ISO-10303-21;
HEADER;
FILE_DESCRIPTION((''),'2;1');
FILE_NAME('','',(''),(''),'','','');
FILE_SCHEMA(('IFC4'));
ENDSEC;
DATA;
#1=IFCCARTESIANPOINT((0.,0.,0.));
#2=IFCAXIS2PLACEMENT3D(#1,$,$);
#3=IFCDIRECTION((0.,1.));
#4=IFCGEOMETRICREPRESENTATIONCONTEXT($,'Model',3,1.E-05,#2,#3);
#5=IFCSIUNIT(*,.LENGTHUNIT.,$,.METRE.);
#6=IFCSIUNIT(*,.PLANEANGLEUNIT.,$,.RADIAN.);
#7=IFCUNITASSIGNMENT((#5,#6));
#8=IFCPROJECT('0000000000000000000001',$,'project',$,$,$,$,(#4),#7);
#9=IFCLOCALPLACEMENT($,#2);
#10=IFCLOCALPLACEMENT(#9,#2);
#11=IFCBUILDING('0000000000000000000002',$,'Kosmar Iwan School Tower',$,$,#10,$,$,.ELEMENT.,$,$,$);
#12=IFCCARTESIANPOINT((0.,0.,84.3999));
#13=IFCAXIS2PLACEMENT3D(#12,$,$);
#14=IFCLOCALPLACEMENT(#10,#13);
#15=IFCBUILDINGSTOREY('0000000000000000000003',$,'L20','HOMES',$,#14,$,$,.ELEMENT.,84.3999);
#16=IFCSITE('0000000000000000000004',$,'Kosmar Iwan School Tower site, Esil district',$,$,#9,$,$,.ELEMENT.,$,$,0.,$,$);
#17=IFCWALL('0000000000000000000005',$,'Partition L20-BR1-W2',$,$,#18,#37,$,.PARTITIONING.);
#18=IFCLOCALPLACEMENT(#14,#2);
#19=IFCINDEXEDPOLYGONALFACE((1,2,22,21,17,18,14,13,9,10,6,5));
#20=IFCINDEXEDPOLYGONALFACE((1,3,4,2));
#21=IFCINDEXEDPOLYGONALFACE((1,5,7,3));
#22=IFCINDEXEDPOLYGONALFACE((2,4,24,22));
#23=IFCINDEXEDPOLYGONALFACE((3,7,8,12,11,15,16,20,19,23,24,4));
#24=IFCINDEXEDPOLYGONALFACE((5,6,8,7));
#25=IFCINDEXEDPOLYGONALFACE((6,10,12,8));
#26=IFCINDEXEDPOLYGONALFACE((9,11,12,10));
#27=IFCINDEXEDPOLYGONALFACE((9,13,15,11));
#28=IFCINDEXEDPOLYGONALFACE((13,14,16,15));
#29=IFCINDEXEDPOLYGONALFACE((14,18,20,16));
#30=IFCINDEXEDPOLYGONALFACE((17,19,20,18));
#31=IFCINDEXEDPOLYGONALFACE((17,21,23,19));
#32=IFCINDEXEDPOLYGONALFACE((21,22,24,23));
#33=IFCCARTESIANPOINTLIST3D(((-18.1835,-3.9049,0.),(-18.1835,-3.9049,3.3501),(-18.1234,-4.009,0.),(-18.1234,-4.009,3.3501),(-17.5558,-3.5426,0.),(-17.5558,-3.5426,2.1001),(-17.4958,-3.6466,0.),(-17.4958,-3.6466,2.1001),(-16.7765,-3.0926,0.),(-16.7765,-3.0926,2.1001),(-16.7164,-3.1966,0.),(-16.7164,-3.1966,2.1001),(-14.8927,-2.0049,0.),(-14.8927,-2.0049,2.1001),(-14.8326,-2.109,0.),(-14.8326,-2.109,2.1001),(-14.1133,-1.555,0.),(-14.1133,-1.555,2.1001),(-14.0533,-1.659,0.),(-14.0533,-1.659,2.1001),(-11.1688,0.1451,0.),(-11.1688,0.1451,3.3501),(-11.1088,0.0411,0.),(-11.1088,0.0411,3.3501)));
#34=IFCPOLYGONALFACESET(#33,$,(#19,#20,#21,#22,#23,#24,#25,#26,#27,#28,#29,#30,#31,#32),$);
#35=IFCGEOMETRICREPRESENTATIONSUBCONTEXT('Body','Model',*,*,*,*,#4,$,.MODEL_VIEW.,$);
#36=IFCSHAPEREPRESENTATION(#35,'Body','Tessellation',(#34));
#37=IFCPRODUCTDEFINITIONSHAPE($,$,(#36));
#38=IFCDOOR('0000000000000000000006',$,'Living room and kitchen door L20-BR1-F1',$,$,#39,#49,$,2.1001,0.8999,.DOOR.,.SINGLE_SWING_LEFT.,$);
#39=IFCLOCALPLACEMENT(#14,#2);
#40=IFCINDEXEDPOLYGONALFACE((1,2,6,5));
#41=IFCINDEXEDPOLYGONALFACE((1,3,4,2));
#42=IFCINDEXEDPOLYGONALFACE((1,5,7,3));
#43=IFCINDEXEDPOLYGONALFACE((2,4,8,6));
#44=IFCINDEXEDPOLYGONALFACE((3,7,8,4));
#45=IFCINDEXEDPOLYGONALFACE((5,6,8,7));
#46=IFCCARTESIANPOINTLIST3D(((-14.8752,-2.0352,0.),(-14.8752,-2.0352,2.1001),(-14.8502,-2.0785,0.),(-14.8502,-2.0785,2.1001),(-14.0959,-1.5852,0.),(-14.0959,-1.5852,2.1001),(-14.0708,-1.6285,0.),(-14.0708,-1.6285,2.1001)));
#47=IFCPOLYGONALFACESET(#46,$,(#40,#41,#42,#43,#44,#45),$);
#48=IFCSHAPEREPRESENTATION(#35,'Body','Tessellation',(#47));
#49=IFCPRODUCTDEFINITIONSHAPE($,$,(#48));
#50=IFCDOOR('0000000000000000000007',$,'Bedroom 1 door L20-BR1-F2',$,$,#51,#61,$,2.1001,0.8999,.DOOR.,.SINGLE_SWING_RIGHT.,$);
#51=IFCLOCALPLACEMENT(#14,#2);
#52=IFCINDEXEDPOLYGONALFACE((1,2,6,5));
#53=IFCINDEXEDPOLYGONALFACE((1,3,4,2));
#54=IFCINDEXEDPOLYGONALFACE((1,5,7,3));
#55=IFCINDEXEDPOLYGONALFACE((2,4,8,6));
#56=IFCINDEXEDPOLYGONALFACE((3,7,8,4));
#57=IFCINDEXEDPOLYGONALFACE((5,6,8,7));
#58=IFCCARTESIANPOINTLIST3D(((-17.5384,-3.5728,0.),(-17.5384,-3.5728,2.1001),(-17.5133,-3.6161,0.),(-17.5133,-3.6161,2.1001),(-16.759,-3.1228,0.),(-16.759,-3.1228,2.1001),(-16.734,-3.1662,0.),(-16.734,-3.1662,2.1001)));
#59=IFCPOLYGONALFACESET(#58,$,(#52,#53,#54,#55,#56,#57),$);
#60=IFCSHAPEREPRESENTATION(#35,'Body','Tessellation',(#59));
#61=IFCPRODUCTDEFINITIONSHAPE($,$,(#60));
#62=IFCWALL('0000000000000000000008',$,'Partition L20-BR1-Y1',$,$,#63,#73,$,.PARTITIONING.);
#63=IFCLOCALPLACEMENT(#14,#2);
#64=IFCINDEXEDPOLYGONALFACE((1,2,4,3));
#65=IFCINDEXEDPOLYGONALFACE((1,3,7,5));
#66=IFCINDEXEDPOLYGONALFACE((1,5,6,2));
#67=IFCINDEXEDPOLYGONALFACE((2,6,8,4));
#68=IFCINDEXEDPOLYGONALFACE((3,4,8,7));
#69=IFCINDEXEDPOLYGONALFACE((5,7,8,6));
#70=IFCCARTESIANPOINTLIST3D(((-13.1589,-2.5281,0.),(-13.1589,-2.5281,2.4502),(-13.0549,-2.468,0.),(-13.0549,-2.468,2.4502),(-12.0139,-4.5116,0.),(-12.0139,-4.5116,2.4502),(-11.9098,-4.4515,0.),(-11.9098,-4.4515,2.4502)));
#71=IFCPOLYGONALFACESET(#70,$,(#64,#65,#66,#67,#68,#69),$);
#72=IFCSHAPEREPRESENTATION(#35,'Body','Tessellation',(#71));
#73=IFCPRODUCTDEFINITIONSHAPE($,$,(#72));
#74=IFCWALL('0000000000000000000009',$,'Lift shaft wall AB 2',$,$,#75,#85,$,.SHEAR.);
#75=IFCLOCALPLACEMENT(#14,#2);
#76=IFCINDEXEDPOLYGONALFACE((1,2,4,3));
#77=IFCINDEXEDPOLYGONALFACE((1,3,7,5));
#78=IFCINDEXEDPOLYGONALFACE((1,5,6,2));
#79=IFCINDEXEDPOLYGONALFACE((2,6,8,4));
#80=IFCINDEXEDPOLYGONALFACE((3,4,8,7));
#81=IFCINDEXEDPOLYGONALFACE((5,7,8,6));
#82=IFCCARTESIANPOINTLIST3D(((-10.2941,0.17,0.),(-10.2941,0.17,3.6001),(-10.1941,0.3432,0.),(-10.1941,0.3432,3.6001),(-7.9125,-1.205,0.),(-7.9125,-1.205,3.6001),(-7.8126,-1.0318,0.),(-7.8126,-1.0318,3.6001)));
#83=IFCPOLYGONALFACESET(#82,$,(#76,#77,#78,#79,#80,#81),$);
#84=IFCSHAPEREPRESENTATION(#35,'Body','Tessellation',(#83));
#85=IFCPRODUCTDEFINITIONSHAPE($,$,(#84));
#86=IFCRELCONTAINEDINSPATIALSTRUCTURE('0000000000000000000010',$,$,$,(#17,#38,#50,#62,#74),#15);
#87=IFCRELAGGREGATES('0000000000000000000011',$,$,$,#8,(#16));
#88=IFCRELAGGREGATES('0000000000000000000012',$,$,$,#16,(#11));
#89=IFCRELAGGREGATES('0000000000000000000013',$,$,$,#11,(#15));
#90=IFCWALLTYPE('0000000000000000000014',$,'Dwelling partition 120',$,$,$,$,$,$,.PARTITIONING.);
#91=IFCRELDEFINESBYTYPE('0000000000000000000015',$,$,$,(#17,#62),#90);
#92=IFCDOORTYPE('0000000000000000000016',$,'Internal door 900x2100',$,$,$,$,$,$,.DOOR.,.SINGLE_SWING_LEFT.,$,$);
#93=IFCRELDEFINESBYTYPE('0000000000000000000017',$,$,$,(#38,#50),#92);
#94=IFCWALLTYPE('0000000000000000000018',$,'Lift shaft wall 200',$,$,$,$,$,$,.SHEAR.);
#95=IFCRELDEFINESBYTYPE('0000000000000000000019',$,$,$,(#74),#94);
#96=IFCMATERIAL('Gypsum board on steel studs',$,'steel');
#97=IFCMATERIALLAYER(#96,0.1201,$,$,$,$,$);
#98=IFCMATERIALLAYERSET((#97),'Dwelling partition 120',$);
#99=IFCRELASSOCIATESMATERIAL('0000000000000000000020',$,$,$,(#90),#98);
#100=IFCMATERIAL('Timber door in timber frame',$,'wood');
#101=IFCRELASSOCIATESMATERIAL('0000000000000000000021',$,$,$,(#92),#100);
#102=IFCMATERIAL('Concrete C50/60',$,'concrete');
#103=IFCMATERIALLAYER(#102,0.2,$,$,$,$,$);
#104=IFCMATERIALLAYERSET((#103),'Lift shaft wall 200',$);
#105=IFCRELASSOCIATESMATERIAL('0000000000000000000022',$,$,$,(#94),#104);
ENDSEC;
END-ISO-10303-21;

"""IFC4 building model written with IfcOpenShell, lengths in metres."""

from ifc_helpers import new_model, si_unit, direction, frame, frame_2d, origin, place, context, subcontext, project, spatial, rectangle, extrude, material, layer, layer_set, type_object, element, fill, save


model = new_model("IFC4")

# Units and contexts
model_context = context("Model", 3, precision=1e-05, world=origin(), true_north=direction((0.0, 1.0)))
body_context = subcontext(model_context, "Body", "Model", "MODEL_VIEW")
ifc_project = project(units=[si_unit("LENGTHUNIT", "METRE"), si_unit("PLANEANGLEUNIT", "RADIAN")], contexts=[model_context])

# Site, building, storey
site_placement = place(None, origin())
site = spatial("IfcSite", under=ifc_project, at=site_placement, Name="Kosmar Iwan School Tower site, Esil district", CompositionType="ELEMENT", RefElevation=0.0)
building_placement = place(site_placement, origin())
building = spatial("IfcBuilding", under=site, at=building_placement, Name="Kosmar Iwan School Tower", CompositionType="ELEMENT")
storey_placement = place(building_placement, frame((0.0, 0.0, 84.3999)))
storey = spatial("IfcBuildingStorey", under=building, at=storey_placement, Name="L20", Description="HOMES", CompositionType="ELEMENT", Elevation=84.3999)

# Wall, openings, doors
ifc_material_1 = material(Name="Gypsum board on steel studs", Category="steel")
ifc_layer_1 = layer(ifc_material_1, 0.1201)
ifc_layer_set_1 = layer_set([ifc_layer_1], Name="Dwelling partition 120")
wall_type_1 = type_object("IfcWallType", Name="Dwelling partition 120", PredefinedType="PARTITIONING", material=ifc_layer_set_1)
ifc_material_2 = material(Name="Timber door in timber frame", Category="wood")
door_type_1 = type_object("IfcDoorType", Name="Internal door 900x2100", OperationType="SINGLE_SWING_LEFT", PredefinedType="DOOR", material=ifc_material_2)
wall_1_placement = place(storey_placement, frame((-11.1389, 0.093, 0.0), z_axis=(0.0, 0.0, 1.0), x_axis=(-0.866018, -0.500013, 0.0)))
wall_1 = element("IfcWall", 1, at=wall_1_placement, inside=storey, type_object=wall_type_1, Name="Partition L20-BR1-W2", PredefinedType="PARTITIONING", context=body_context, shape_type="SweptSolid", body=[
    extrude(rectangle(XDim=8.0999, YDim=0.1201, at=frame_2d((4.0498, 0.0))), origin(), (0.0, 0.0, 1.0), 3.3501),
])
opening_1_placement = place(wall_1_placement, frame((3.3999, 0.0, 0.0)))
opening_1 = element("IfcOpeningElement", 2, at=opening_1_placement, cuts=wall_1, PredefinedType="OPENING", context=body_context, shape_type="SweptSolid", body=[
    extrude(rectangle(XDim=0.8999, YDim=2.1001, at=frame_2d((0.45, 1.05))), frame((0.0, 0.072, 0.0), z_axis=(0.0, -1.0, 0.0), x_axis=(1.0, 0.0, 0.0)), (0.0, 0.0, 1.0), 0.144),
])
opening_2_placement = place(wall_1_placement, frame((6.4751, 0.0, 0.0)))
opening_2 = element("IfcOpeningElement", 3, at=opening_2_placement, cuts=wall_1, PredefinedType="OPENING", context=body_context, shape_type="SweptSolid", body=[
    extrude(rectangle(XDim=0.8999, YDim=2.1001, at=frame_2d((0.45, 1.05))), frame((0.0, 0.072, 0.0), z_axis=(0.0, -1.0, 0.0), x_axis=(1.0, 0.0, 0.0)), (0.0, 0.0, 1.0), 0.144),
])
door_1_placement = place(opening_1_placement, origin())
door_1 = element("IfcDoor", 4, at=door_1_placement, inside=storey, type_object=door_type_1, Name="Living room and kitchen door L20-BR1-F1", OperationType="SINGLE_SWING_LEFT", OverallHeight=2.1001, OverallWidth=0.8999, PredefinedType="DOOR", context=body_context, shape_type="SweptSolid", body=[
    extrude(rectangle(XDim=0.8999, YDim=2.1001, at=frame_2d((0.45, 1.05))), frame((0.0, 0.0249, 0.0), z_axis=(0.0, -1.0, 0.0), x_axis=(1.0, 0.0, 0.0)), (0.0, 0.0, 1.0), 0.05),
])
fill(opening_1, door_1)
door_2_placement = place(opening_2_placement, origin())
door_2 = element("IfcDoor", 5, at=door_2_placement, inside=storey, type_object=door_type_1, Name="Bedroom 1 door L20-BR1-F2", OperationType="SINGLE_SWING_RIGHT", OverallHeight=2.1001, OverallWidth=0.8999, PredefinedType="DOOR", context=body_context, shape_type="SweptSolid", body=[
    extrude(rectangle(XDim=0.8999, YDim=2.1001, at=frame_2d((0.45, 1.05))), frame((0.0, 0.0249, 0.0), z_axis=(0.0, -1.0, 0.0), x_axis=(1.0, 0.0, 0.0)), (0.0, 0.0, 1.0), 0.05),
])
fill(opening_2, door_2)

# Walls
wall_2_placement = place(storey_placement, frame((-11.9619, -4.4814, 0.0), z_axis=(0.0, 0.0, 1.0), x_axis=(-0.499969, 0.866044, 0.0)))
element("IfcWall", 6, at=wall_2_placement, inside=storey, type_object=wall_type_1, Name="Partition L20-BR1-Y1", PredefinedType="PARTITIONING", context=body_context, shape_type="SweptSolid", body=[
    extrude(rectangle(XDim=2.2903, YDim=0.1201, at=frame_2d((1.145, 0.0))), origin(), (0.0, 0.0, 1.0), 2.4502),
])
ifc_material_3 = material(Name="Concrete C50/60", Category="concrete")
ifc_layer_2 = layer(ifc_material_3, 0.2)
ifc_layer_set_2 = layer_set([ifc_layer_2], Name="Lift shaft wall 200")
wall_type_2 = type_object("IfcWallType", Name="Lift shaft wall 200", PredefinedType="SHEAR", material=ifc_layer_set_2)
wall_3_placement = place(storey_placement, frame((-7.8625, -1.1184, 0.0), z_axis=(0.0, 0.0, 1.0), x_axis=(-0.866027, 0.499997, 0.0)))
element("IfcWall", 7, at=wall_3_placement, inside=storey, type_object=wall_type_2, Name="Lift shaft wall AB 2", PredefinedType="SHEAR", context=body_context, shape_type="SweptSolid", body=[
    extrude(rectangle(XDim=2.75, YDim=0.2, at=frame_2d((1.375, 0.0))), origin(), (0.0, 0.0, 1.0), 3.6001),
])

save(model, "model.ifc")
